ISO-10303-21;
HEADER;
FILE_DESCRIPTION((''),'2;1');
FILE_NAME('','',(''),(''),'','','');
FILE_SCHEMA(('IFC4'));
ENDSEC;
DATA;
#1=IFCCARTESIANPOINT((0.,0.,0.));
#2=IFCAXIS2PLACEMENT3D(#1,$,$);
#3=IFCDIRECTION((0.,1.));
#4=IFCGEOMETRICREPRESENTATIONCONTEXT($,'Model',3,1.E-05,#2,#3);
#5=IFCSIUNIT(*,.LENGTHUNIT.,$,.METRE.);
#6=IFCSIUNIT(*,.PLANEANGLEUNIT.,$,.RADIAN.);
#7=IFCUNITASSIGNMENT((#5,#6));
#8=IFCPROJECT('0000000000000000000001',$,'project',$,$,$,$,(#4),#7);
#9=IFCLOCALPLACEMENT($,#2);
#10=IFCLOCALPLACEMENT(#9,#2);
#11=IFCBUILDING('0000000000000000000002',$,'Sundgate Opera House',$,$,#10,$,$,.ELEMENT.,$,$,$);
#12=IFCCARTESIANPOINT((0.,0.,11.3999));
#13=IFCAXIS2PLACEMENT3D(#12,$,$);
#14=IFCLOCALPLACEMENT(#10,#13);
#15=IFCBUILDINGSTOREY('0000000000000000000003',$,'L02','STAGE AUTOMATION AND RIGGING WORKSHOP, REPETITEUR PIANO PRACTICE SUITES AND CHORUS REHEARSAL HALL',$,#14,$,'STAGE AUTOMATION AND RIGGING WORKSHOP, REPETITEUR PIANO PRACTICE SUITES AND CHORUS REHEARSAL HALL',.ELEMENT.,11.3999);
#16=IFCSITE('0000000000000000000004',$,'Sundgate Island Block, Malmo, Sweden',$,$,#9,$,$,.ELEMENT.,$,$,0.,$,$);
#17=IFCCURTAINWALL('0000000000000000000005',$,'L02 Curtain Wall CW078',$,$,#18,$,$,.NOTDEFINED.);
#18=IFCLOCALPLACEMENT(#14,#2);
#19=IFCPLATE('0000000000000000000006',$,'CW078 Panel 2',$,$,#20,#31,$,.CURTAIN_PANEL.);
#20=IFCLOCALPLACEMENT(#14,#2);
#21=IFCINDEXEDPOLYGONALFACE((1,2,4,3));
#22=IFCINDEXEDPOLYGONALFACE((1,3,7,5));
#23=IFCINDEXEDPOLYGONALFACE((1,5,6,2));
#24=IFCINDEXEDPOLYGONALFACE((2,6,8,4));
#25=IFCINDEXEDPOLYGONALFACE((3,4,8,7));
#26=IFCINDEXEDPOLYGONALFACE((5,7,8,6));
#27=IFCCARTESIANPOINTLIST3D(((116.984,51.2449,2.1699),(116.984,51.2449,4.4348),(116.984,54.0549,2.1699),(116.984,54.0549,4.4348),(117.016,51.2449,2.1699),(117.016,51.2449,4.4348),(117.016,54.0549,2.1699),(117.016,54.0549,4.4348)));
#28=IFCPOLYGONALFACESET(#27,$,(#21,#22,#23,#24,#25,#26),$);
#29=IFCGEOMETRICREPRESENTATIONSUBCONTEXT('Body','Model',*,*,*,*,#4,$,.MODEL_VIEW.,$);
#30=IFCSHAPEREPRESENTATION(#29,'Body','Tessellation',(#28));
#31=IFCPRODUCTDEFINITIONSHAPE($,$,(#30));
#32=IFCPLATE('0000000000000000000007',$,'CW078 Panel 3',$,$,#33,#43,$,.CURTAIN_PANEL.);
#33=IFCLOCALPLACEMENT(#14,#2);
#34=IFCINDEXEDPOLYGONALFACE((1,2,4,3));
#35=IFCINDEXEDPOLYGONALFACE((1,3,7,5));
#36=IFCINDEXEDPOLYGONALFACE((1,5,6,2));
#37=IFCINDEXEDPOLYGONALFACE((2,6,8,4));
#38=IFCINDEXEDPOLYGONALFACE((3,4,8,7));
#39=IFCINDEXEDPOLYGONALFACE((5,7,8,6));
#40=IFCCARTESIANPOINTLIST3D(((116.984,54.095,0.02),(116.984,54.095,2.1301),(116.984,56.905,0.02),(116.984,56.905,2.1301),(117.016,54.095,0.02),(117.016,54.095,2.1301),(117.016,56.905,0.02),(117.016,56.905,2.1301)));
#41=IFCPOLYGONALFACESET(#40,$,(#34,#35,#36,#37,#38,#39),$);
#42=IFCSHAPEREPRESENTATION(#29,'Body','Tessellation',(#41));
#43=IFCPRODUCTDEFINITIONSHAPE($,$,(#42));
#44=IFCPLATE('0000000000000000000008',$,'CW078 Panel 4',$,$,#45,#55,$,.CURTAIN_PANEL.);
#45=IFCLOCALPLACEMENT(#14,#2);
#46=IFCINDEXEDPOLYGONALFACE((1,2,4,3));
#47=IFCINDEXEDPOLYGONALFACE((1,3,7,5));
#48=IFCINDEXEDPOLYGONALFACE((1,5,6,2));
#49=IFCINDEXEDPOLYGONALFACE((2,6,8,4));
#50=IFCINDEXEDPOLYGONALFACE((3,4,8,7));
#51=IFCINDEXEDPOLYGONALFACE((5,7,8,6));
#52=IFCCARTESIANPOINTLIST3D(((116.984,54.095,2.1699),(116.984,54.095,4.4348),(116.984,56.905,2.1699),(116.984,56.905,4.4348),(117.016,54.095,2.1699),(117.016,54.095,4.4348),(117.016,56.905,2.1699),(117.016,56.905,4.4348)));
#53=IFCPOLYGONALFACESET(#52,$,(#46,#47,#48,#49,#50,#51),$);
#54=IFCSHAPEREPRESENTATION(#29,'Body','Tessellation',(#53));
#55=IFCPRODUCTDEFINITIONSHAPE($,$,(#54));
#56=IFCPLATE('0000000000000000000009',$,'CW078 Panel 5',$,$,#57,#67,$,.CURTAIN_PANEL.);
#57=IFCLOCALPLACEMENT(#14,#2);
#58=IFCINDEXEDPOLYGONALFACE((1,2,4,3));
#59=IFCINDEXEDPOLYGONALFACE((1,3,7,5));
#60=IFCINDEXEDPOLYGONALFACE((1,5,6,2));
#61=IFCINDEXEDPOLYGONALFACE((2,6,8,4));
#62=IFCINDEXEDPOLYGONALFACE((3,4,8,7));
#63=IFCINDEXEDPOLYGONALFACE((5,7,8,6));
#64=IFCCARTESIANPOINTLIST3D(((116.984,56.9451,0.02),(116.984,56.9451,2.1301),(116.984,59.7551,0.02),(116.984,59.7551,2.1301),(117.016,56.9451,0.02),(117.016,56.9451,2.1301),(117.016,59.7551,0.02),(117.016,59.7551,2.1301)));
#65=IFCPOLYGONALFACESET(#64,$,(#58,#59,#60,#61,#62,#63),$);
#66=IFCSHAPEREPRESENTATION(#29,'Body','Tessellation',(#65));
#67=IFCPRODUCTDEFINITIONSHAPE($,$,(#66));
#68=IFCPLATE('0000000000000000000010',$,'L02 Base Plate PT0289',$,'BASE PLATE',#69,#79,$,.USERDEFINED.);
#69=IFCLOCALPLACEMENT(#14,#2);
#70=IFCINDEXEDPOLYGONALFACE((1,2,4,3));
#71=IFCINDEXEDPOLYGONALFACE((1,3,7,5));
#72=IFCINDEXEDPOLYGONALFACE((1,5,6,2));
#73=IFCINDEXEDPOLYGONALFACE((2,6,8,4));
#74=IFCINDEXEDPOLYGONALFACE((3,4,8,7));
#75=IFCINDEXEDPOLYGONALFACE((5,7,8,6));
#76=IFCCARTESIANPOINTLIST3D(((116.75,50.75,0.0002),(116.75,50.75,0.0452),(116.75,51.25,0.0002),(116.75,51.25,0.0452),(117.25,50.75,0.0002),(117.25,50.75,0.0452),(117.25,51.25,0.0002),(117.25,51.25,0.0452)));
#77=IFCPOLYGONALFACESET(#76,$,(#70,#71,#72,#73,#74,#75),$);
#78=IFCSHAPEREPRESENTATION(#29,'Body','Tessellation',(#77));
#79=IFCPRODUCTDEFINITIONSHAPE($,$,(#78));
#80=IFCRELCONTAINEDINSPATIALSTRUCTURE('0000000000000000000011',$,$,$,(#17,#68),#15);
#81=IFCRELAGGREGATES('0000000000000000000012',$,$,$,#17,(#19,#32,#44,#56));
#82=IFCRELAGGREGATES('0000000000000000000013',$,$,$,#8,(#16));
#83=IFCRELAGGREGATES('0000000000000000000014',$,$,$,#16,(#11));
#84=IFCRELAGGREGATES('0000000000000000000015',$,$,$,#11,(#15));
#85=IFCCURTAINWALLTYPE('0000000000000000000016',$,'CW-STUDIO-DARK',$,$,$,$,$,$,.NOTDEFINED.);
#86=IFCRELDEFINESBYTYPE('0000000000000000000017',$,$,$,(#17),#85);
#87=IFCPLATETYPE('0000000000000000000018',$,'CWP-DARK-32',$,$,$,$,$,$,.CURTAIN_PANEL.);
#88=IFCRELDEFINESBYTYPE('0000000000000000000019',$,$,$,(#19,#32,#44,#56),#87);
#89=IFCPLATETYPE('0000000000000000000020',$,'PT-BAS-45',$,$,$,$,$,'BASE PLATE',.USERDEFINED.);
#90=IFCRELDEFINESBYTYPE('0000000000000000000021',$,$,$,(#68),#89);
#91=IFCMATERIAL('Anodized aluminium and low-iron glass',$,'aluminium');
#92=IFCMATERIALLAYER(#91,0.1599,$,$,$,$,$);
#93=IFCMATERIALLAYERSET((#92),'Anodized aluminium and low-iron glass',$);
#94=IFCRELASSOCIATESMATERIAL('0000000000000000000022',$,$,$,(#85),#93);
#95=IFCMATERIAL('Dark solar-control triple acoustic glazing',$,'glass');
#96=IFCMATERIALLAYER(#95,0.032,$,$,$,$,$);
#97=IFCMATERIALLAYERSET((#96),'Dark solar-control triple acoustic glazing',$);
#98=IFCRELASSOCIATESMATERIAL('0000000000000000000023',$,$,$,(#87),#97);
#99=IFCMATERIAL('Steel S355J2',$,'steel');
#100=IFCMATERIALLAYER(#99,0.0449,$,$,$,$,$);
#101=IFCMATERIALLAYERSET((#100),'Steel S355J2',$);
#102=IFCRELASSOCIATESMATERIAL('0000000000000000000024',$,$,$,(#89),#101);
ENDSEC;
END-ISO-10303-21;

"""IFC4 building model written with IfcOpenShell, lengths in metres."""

from ifc_helpers import new_model, si_unit, direction, frame, origin, origin_2d, place, context, subcontext, project, spatial, rectangle, extrude, material, layer, layer_set, type_object, element, aggregate, save


model = new_model("IFC4")

# Units and contexts
model_context = context("Model", 3, precision=1e-05, world=origin(), true_north=direction((0.0, 1.0)))
body_context = subcontext(model_context, "Body", "Model", "MODEL_VIEW")
ifc_project = project(units=[si_unit("LENGTHUNIT", "METRE"), si_unit("PLANEANGLEUNIT", "RADIAN")], contexts=[model_context])

# Site, building, storey
site_placement = place(None, origin())
site = spatial("IfcSite", under=ifc_project, at=site_placement, Name="Sundgate Island Block, Malmo, Sweden", CompositionType="ELEMENT", RefElevation=0.0)
building_placement = place(site_placement, origin())
building = spatial("IfcBuilding", under=site, at=building_placement, Name="Sundgate Opera House", CompositionType="ELEMENT")
storey_placement = place(building_placement, frame((0.0, 0.0, 11.3999)))
storey = spatial("IfcBuildingStorey", under=building, at=storey_placement, Name="L02", Description="STAGE AUTOMATION AND RIGGING WORKSHOP, REPETITEUR PIANO PRACTICE SUITES AND CHORUS REHEARSAL HALL", LongName="STAGE AUTOMATION AND RIGGING WORKSHOP, REPETITEUR PIANO PRACTICE SUITES AND CHORUS REHEARSAL HALL", CompositionType="ELEMENT", Elevation=11.3999)

# Curtain wall
ifc_material_1 = material(Name="Anodized aluminium and low-iron glass", Category="aluminium")
ifc_layer_1 = layer(ifc_material_1, 0.1599)
ifc_layer_set_1 = layer_set([ifc_layer_1], Name="Anodized aluminium and low-iron glass")
curtain_wall_type = type_object("IfcCurtainWallType", Name="CW-STUDIO-DARK", PredefinedType="NOTDEFINED", material=ifc_layer_set_1)
curtain_wall_1_placement = place(storey_placement, origin())
curtain_wall_1 = element("IfcCurtainWall", 1, at=curtain_wall_1_placement, inside=storey, type_object=curtain_wall_type, Name="L02 Curtain Wall CW078", PredefinedType="NOTDEFINED")

# Plates
ifc_material_2 = material(Name="Dark solar-control triple acoustic glazing", Category="glass")
ifc_layer_2 = layer(ifc_material_2, 0.032)
ifc_layer_set_2 = layer_set([ifc_layer_2], Name="Dark solar-control triple acoustic glazing")
plate_type_1 = type_object("IfcPlateType", Name="CWP-DARK-32", PredefinedType="CURTAIN_PANEL", material=ifc_layer_set_2)
plate_1_placement = place(storey_placement, frame((117.0, 52.6499, 2.1699), z_axis=(0.0, 0.0, 1.0), x_axis=(0.0, 1.0, 0.0)))
plate_1 = element("IfcPlate", 2, at=plate_1_placement, type_object=plate_type_1, Name="CW078 Panel 2", PredefinedType="CURTAIN_PANEL", context=body_context, shape_type="SweptSolid", body=[
    extrude(rectangle(XDim=2.8101, YDim=0.032, at=origin_2d()), origin(), (0.0, 0.0, 1.0), 2.2649),
])
plate_2_placement = place(storey_placement, frame((117.0, 55.5, 0.02), z_axis=(0.0, 0.0, 1.0), x_axis=(0.0, 1.0, 0.0)))
plate_2 = element("IfcPlate", 3, at=plate_2_placement, type_object=plate_type_1, Name="CW078 Panel 3", PredefinedType="CURTAIN_PANEL", context=body_context, shape_type="SweptSolid", body=[
    extrude(rectangle(XDim=2.8101, YDim=0.032, at=origin_2d()), origin(), (0.0, 0.0, 1.0), 2.1101),
])
plate_3_placement = place(storey_placement, frame((117.0, 55.5, 2.1699), z_axis=(0.0, 0.0, 1.0), x_axis=(0.0, 1.0, 0.0)))
plate_3 = element("IfcPlate", 4, at=plate_3_placement, type_object=plate_type_1, Name="CW078 Panel 4", PredefinedType="CURTAIN_PANEL", context=body_context, shape_type="SweptSolid", body=[
    extrude(rectangle(XDim=2.8101, YDim=0.032, at=origin_2d()), origin(), (0.0, 0.0, 1.0), 2.2649),
])
plate_4_placement = place(storey_placement, frame((117.0, 58.3501, 0.02), z_axis=(0.0, 0.0, 1.0), x_axis=(0.0, 1.0, 0.0)))
plate_4 = element("IfcPlate", 5, at=plate_4_placement, type_object=plate_type_1, Name="CW078 Panel 5", PredefinedType="CURTAIN_PANEL", context=body_context, shape_type="SweptSolid", body=[
    extrude(rectangle(XDim=2.8101, YDim=0.032, at=origin_2d()), origin(), (0.0, 0.0, 1.0), 2.1101),
])
aggregate(curtain_wall_1, [plate_1, plate_2, plate_3, plate_4])
ifc_material_3 = material(Name="Steel S355J2", Category="steel")
ifc_layer_3 = layer(ifc_material_3, 0.0449)
ifc_layer_set_3 = layer_set([ifc_layer_3], Name="Steel S355J2")
plate_type_2 = type_object("IfcPlateType", Name="PT-BAS-45", ElementType="BASE PLATE", PredefinedType="USERDEFINED", material=ifc_layer_set_3)
plate_5_placement = place(storey_placement, frame((117.0, 51.0, 0.0002), z_axis=(0.0, 0.0, 1.0), x_axis=(1.0, 0.0, 0.0)))
element("IfcPlate", 6, at=plate_5_placement, inside=storey, type_object=plate_type_2, Name="L02 Base Plate PT0289", ObjectType="BASE PLATE", PredefinedType="USERDEFINED", context=body_context, shape_type="SweptSolid", body=[
    extrude(rectangle(XDim=0.5, YDim=0.5, at=origin_2d()), origin(), (0.0, 0.0, 1.0), 0.0449),
])

save(model, "model.ifc")
